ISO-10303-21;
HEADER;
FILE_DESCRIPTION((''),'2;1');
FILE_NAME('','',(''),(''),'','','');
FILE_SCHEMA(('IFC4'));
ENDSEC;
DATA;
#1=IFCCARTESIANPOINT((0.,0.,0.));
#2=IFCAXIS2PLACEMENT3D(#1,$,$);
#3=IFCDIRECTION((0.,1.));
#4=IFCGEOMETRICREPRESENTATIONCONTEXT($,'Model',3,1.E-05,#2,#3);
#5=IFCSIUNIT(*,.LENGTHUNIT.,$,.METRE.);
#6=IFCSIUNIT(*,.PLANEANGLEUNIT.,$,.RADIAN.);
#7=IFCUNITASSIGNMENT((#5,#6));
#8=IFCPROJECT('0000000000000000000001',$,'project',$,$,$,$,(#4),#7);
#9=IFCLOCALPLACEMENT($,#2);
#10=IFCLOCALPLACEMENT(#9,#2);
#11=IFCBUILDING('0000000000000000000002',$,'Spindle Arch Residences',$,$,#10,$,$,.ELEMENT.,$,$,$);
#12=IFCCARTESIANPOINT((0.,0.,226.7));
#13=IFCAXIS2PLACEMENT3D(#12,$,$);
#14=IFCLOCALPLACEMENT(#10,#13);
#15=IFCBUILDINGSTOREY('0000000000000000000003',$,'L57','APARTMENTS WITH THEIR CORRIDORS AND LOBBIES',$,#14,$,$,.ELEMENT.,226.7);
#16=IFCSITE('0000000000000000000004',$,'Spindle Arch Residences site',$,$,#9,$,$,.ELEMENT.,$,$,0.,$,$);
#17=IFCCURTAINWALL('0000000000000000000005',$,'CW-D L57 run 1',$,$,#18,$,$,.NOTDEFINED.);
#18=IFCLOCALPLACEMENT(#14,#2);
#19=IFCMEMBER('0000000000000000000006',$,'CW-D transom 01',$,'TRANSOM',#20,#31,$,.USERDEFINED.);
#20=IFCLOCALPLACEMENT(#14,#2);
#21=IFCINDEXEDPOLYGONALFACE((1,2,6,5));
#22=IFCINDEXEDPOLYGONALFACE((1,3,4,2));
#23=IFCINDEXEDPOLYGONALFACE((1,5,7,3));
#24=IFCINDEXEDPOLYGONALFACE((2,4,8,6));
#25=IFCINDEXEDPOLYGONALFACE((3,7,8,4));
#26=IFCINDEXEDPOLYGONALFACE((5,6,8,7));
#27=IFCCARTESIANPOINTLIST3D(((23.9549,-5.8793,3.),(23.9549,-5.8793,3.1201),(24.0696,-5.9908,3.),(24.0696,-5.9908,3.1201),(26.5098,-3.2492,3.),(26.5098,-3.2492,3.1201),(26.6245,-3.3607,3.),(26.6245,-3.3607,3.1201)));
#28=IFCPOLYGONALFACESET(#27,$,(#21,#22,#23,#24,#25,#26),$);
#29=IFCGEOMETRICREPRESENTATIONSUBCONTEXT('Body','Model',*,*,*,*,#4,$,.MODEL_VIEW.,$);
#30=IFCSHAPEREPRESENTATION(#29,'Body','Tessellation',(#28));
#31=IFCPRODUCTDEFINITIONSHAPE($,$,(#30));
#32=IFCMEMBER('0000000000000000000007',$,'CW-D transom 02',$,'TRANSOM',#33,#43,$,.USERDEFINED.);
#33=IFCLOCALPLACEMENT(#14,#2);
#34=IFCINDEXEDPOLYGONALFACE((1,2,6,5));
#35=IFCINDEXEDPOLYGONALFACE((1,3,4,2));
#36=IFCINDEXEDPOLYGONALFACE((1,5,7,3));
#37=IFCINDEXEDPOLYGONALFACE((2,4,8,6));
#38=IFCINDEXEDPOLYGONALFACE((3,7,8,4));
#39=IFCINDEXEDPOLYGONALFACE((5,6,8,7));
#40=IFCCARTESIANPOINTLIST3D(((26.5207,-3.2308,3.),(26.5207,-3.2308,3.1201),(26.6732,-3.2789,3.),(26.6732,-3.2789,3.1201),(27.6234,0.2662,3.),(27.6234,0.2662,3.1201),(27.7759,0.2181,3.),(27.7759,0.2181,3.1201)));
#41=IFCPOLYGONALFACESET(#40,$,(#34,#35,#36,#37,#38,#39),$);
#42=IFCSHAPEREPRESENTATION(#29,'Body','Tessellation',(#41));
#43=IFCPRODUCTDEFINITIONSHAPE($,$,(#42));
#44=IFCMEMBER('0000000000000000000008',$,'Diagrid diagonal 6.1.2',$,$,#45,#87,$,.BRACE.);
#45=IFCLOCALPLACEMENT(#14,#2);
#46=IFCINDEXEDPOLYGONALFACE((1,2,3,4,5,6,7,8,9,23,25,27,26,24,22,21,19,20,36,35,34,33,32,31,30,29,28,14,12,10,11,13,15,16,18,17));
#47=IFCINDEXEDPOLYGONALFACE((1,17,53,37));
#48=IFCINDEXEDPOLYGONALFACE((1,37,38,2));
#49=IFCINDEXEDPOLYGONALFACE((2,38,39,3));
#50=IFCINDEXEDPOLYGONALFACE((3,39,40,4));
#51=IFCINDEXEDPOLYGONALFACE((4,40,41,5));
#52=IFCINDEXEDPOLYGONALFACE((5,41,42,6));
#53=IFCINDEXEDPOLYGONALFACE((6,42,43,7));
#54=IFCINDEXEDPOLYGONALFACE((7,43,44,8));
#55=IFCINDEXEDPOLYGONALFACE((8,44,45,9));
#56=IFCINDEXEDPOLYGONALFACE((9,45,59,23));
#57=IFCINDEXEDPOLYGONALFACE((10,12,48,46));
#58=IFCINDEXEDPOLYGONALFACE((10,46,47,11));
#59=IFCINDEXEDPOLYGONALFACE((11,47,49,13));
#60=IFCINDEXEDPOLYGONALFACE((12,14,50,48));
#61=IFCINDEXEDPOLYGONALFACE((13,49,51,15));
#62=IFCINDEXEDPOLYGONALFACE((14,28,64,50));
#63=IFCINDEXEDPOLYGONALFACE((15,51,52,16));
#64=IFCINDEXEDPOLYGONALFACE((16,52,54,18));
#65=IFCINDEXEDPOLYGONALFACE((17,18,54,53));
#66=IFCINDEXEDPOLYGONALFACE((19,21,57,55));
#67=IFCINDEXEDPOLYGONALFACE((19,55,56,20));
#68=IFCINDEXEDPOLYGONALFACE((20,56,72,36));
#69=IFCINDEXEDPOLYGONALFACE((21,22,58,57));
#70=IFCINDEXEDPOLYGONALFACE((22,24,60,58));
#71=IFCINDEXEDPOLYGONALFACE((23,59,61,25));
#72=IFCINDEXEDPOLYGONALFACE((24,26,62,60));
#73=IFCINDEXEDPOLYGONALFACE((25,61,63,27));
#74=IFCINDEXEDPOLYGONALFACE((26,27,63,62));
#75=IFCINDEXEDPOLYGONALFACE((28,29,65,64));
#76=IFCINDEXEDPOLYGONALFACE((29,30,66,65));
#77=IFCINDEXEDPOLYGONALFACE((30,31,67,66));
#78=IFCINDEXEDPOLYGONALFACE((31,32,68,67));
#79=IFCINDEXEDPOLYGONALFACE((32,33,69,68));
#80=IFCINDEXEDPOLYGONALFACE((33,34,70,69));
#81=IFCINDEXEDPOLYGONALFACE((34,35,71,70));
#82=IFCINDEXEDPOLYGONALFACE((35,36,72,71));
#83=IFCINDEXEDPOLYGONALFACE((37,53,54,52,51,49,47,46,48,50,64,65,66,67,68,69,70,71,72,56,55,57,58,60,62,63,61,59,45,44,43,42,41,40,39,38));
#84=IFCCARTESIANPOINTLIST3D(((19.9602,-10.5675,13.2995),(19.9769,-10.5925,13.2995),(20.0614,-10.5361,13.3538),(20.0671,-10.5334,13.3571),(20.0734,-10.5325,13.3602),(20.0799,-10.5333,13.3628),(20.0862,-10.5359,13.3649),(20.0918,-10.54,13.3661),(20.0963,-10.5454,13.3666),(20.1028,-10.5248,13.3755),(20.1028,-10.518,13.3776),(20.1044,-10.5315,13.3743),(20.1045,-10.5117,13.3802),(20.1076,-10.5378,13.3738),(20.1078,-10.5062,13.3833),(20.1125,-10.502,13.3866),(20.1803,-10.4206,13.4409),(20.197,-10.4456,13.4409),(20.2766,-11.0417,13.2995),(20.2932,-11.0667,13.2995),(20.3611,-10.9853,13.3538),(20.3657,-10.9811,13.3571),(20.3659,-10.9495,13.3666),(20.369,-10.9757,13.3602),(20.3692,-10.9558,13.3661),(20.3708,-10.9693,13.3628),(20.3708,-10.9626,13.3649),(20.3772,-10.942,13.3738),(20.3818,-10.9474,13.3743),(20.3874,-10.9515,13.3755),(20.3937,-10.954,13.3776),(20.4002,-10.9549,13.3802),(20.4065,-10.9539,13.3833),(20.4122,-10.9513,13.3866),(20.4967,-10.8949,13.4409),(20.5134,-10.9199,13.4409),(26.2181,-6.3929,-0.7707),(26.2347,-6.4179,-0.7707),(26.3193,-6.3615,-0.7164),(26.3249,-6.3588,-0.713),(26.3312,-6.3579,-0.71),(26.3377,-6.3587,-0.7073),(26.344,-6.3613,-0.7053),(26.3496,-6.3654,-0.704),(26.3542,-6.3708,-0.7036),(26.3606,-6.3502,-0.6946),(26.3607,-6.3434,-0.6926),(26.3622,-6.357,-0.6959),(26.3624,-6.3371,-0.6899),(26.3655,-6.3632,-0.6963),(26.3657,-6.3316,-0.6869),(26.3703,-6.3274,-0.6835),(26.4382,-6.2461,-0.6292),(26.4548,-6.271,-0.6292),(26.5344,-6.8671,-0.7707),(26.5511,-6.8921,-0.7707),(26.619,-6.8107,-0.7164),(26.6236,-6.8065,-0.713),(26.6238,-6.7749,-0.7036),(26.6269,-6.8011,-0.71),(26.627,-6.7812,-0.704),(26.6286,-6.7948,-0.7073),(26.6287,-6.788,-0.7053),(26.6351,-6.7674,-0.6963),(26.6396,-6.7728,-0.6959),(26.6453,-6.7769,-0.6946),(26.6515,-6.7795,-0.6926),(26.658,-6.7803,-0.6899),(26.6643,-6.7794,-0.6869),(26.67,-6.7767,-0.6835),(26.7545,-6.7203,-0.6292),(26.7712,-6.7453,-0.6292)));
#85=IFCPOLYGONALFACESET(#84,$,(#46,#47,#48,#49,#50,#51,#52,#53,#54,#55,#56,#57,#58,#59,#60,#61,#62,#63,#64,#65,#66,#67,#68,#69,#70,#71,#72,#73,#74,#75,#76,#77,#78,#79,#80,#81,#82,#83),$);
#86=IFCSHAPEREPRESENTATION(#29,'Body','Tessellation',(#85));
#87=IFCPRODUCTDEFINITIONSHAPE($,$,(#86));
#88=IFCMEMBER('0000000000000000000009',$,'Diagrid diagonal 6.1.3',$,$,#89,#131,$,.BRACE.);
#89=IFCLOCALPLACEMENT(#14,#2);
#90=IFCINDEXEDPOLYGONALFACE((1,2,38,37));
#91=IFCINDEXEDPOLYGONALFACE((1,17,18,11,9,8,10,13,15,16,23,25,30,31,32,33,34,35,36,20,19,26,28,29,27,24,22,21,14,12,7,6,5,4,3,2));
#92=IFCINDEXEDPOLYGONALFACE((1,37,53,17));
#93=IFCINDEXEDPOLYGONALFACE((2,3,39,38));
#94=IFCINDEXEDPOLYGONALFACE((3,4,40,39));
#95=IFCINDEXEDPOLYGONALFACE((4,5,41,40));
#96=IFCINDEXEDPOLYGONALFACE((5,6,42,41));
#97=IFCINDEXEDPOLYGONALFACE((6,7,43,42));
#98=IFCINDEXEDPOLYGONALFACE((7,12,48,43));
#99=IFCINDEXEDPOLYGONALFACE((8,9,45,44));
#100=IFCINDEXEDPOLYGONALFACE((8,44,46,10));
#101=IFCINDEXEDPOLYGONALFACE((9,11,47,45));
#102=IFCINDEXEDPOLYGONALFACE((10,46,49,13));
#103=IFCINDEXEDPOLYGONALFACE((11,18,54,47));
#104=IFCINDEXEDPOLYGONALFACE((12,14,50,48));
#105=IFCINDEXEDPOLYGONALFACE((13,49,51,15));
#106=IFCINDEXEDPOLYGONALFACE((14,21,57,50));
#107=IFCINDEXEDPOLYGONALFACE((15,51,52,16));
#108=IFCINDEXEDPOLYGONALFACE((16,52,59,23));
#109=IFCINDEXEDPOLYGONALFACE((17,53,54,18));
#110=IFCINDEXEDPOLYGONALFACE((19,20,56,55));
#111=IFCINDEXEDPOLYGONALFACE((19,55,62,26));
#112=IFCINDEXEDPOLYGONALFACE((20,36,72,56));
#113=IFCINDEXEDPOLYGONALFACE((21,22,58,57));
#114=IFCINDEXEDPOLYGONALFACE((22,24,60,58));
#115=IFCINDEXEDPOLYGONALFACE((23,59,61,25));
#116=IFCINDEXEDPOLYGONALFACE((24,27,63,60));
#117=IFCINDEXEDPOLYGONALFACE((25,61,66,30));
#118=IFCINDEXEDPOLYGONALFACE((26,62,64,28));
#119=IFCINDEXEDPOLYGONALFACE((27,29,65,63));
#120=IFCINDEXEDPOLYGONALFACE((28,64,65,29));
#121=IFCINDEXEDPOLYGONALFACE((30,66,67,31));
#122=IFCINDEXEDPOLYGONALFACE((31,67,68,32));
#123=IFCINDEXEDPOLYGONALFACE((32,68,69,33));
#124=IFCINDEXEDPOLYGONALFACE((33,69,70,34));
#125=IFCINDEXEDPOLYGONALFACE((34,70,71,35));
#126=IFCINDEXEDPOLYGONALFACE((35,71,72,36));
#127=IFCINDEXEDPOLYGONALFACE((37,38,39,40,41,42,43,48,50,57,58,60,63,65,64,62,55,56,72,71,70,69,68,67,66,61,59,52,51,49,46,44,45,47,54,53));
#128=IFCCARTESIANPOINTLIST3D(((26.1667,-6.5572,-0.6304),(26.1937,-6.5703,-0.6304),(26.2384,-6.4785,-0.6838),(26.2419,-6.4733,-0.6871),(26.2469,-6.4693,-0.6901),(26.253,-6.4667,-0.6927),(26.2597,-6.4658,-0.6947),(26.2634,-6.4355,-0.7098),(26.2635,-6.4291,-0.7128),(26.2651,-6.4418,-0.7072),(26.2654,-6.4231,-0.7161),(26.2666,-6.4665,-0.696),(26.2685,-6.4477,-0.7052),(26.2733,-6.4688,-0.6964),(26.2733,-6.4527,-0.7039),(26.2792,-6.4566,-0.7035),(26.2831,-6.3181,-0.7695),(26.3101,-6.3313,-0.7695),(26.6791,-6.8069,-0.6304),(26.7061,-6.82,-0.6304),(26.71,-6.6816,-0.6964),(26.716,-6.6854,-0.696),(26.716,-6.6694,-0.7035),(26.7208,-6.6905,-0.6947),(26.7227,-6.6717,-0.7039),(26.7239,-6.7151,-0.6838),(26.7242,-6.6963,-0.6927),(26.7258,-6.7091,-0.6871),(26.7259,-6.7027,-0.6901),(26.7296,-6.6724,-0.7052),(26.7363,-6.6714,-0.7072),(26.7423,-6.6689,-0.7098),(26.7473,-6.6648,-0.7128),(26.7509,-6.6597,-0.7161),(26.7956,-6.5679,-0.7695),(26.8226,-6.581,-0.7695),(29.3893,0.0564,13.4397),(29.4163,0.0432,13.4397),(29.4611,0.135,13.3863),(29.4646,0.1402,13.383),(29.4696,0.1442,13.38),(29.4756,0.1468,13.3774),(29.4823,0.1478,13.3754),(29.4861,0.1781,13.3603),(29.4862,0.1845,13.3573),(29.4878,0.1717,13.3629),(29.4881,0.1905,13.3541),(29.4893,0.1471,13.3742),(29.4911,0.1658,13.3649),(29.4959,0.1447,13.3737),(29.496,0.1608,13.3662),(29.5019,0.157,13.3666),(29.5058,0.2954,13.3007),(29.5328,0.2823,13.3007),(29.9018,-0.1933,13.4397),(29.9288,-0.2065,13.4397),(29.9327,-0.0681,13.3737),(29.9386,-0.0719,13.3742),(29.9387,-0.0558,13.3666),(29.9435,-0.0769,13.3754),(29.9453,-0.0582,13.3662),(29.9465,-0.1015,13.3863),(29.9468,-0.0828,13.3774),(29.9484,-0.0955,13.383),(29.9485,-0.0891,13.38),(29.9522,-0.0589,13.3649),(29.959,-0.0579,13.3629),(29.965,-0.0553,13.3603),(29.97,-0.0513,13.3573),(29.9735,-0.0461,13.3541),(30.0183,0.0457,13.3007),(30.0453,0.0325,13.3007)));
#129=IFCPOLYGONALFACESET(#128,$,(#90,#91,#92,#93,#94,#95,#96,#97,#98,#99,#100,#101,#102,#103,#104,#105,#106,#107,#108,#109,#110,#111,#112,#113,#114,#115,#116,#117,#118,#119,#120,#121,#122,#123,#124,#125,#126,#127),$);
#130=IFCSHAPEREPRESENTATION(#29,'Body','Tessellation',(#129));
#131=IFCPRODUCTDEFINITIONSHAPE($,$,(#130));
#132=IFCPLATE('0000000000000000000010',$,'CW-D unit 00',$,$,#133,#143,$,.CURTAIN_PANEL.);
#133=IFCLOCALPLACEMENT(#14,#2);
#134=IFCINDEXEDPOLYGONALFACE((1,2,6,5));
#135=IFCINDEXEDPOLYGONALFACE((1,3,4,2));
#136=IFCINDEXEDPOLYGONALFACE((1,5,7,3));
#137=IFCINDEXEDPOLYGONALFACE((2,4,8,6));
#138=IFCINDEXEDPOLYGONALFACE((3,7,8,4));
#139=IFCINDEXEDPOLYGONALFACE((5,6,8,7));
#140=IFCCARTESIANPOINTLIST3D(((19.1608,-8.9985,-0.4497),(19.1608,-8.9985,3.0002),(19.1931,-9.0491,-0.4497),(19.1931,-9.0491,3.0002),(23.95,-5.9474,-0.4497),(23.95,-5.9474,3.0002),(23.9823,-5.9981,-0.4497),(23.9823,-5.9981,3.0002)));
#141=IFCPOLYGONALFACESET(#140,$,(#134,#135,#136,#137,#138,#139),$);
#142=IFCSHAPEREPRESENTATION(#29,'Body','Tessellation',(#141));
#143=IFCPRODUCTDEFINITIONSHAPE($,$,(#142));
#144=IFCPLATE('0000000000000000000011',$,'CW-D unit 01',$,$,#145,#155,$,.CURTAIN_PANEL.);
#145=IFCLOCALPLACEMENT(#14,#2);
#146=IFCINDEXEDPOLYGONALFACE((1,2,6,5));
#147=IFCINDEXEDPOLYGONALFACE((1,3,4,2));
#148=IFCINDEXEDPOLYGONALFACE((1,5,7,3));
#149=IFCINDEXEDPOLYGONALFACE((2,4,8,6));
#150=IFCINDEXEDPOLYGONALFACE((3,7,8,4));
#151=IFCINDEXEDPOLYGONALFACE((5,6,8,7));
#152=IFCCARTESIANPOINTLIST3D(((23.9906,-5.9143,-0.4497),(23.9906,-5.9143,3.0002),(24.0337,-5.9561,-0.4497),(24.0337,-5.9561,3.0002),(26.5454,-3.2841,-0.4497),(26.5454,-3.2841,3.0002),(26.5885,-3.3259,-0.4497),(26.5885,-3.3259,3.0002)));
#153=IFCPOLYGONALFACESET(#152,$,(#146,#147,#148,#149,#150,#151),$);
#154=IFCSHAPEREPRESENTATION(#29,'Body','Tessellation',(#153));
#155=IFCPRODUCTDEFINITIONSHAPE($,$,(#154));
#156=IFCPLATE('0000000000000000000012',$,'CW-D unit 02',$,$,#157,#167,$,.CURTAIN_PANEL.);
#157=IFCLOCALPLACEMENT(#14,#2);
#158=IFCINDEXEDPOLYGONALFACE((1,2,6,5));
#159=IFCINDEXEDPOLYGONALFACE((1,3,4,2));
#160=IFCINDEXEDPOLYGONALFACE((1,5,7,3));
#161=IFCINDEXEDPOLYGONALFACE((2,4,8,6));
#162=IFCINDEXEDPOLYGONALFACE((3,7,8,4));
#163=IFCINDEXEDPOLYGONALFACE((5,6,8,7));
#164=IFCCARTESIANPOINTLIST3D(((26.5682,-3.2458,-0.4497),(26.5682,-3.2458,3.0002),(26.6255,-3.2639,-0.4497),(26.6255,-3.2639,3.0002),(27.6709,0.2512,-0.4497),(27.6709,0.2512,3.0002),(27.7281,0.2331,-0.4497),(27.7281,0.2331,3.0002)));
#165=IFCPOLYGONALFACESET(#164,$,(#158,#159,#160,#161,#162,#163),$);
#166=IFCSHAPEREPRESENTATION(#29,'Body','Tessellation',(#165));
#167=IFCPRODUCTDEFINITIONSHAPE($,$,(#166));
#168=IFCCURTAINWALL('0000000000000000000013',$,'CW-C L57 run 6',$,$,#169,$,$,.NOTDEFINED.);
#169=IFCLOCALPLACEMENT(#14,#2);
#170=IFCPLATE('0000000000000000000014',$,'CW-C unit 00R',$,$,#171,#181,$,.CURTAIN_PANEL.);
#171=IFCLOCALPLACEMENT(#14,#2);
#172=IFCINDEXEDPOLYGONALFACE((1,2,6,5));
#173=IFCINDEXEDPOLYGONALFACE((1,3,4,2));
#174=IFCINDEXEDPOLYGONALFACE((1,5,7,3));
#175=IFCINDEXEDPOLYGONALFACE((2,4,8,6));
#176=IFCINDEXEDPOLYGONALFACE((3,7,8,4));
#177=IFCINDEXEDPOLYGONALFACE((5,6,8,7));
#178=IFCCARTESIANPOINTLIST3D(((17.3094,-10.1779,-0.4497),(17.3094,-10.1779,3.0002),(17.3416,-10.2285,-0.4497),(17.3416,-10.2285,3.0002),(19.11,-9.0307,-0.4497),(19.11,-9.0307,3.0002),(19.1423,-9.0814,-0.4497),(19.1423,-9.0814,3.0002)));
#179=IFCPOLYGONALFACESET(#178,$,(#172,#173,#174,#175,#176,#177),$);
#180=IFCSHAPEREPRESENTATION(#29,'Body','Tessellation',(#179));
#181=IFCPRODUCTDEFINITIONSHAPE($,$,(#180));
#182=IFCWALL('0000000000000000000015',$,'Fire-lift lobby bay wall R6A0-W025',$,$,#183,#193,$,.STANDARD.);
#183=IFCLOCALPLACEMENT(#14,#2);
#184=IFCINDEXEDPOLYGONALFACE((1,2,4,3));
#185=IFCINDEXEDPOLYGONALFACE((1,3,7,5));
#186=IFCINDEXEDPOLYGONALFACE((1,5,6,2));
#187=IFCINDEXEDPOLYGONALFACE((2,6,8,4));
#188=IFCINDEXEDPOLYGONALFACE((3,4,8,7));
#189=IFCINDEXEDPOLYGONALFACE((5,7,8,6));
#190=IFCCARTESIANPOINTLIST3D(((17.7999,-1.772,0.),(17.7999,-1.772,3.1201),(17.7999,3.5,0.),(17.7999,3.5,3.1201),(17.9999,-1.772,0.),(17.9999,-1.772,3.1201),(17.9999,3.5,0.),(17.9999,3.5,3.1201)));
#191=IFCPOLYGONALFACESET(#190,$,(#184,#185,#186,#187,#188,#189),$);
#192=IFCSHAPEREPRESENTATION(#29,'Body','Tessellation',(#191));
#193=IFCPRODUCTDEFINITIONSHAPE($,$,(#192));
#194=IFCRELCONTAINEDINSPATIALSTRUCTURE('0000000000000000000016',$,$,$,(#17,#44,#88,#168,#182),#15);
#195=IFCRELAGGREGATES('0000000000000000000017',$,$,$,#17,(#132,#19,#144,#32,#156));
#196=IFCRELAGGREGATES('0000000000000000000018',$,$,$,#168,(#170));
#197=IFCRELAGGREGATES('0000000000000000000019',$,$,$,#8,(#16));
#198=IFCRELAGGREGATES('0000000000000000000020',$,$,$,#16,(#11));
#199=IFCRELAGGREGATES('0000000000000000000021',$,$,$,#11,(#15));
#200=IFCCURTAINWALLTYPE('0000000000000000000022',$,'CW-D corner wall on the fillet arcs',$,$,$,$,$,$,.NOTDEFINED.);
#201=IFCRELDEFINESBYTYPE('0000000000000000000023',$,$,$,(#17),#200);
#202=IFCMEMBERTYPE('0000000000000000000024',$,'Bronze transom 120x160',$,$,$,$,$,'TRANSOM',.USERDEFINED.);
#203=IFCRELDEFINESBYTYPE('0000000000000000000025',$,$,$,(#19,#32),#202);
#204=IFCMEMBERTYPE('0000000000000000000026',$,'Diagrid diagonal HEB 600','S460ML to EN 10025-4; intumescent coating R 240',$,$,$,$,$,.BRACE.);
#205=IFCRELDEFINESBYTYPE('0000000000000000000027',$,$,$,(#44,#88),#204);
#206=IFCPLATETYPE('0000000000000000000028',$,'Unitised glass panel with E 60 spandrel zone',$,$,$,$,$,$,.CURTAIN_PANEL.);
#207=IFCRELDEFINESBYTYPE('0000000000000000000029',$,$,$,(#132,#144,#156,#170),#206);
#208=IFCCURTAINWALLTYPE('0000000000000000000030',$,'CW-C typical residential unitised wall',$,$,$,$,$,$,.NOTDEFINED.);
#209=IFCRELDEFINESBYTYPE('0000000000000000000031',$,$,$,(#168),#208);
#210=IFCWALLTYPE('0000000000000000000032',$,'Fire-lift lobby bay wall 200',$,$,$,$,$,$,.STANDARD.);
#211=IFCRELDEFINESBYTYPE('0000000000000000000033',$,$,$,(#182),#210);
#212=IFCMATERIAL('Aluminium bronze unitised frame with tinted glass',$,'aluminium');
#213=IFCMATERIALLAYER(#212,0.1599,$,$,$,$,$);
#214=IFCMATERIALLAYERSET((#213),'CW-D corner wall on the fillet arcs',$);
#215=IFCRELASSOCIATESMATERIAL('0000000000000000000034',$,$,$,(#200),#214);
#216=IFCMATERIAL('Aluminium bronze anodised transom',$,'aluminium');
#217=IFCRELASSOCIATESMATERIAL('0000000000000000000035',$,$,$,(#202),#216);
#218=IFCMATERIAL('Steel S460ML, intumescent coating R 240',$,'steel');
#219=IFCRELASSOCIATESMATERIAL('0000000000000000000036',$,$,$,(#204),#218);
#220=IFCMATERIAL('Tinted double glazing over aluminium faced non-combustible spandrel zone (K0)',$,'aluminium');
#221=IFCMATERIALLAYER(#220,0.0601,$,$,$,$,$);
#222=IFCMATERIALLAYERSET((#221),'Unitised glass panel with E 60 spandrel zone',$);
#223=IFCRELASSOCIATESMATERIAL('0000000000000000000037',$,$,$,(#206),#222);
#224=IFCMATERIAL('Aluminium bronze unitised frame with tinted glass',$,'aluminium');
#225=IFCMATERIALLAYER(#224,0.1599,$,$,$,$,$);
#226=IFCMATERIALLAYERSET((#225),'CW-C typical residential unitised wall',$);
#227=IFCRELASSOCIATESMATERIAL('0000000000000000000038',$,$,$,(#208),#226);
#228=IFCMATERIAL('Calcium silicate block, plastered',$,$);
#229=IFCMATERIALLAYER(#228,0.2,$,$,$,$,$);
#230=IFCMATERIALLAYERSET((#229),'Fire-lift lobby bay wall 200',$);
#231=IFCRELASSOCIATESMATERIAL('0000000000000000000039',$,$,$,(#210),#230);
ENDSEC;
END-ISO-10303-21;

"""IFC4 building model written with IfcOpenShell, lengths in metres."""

from ifc_helpers import new_model, si_unit, direction, frame, frame_2d, origin, origin_2d, place, context, subcontext, project, spatial, rectangle, i_section, extrude, material, layer, layer_set, material_profile, profile_set, type_object, element, aggregate, save


model = new_model("IFC4")

# Units and contexts
model_context = context("Model", 3, precision=1e-05, world=origin(), true_north=direction((0.0, 1.0)))
body_context = subcontext(model_context, "Body", "Model", "MODEL_VIEW")
ifc_project = project(units=[si_unit("LENGTHUNIT", "METRE"), si_unit("PLANEANGLEUNIT", "RADIAN")], contexts=[model_context])

# Site, building, storey
site_placement = place(None, origin())
site = spatial("IfcSite", under=ifc_project, at=site_placement, Name="Spindle Arch Residences site", CompositionType="ELEMENT", RefElevation=0.0)
building_placement = place(site_placement, origin())
building = spatial("IfcBuilding", under=site, at=building_placement, Name="Spindle Arch Residences", CompositionType="ELEMENT")
storey_placement = place(building_placement, frame((0.0, 0.0, 226.7)))
storey = spatial("IfcBuildingStorey", under=building, at=storey_placement, Name="L57", Description="APARTMENTS WITH THEIR CORRIDORS AND LOBBIES", CompositionType="ELEMENT", Elevation=226.7)

# Curtain wall, members
ifc_material_1 = material(Name="Aluminium bronze unitised frame with tinted glass", Category="aluminium")
ifc_layer_1 = layer(ifc_material_1, 0.1599)
ifc_layer_set_1 = layer_set([ifc_layer_1], Name="CW-D corner wall on the fillet arcs")
curtain_wall_type_1 = type_object("IfcCurtainWallType", Name="CW-D corner wall on the fillet arcs", PredefinedType="NOTDEFINED", material=ifc_layer_set_1)
curtain_wall_1_placement = place(storey_placement, origin())
curtain_wall_1 = element("IfcCurtainWall", 1, at=curtain_wall_1_placement, inside=storey, type_object=curtain_wall_type_1, Name="CW-D L57 run 1", PredefinedType="NOTDEFINED")
ifc_material_2 = material(Name="Aluminium bronze anodised transom", Category="aluminium")
ifc_material_profile_1 = material_profile(ifc_material_2, rectangle(XDim=0.1599, YDim=0.1201, at=origin_2d()), Name="TR 120x160")
ifc_profile_set_1 = profile_set([ifc_material_profile_1], Name="Aluminium bronze anodised transom")
member_type_1 = type_object("IfcMemberType", Name="Bronze transom 120x160", ElementType="TRANSOM", PredefinedType="USERDEFINED", material=ifc_profile_set_1)
member_1_placement = place(storey_placement, frame((24.0122, -5.9351, 3.0601), z_axis=(0.696779, 0.717286, 0.0), x_axis=(-0.717286, 0.696779, 0.0)))
member_1 = element("IfcMember", 2, at=member_1_placement, type_object=member_type_1, Name="CW-D transom 01", ObjectType="TRANSOM", PredefinedType="USERDEFINED", context=body_context, shape_type="SweptSolid", body=[
    extrude(rectangle(XDim=0.1599, YDim=0.1201, at=origin_2d()), origin(), (0.0, 0.0, 1.0), 3.6667),
])
member_2_placement = place(storey_placement, frame((26.5969, -3.2549, 3.0601), z_axis=(0.300746, 0.953704, 0.0), x_axis=(-0.953704, 0.300746, 0.0)))
member_2 = element("IfcMember", 3, at=member_2_placement, type_object=member_type_1, Name="CW-D transom 02", ObjectType="TRANSOM", PredefinedType="USERDEFINED", context=body_context, shape_type="SweptSolid", body=[
    extrude(rectangle(XDim=0.1599, YDim=0.1201, at=origin_2d()), origin(), (0.0, 0.0, 1.0), 3.6667),
])

# Members
ifc_material_3 = material(Name="Steel S460ML, intumescent coating R 240", Category="steel")
ifc_material_profile_2 = material_profile(ifc_material_3, i_section(OverallWidth=0.3, OverallDepth=0.6001, WebThickness=0.0154, FlangeThickness=0.03, FilletRadius=0.0271, at=origin_2d()), Name="HEB 600")
ifc_profile_set_2 = profile_set([ifc_material_profile_2], Name="Steel S460ML, intumescent coating R 240")
member_type_2 = type_object("IfcMemberType", Name="Diagrid diagonal HEB 600", Description="S460ML to EN 10025-4; intumescent coating R 240", PredefinedType="BRACE", material=ifc_profile_set_2)
member_3_placement = place(storey_placement, frame((26.4946, -6.5691, -0.7), z_axis=(-0.392223, -0.26165, 0.881873), x_axis=(0.733618, 0.489393, 0.471486)))
element("IfcMember", 4, at=member_3_placement, inside=storey, type_object=member_type_2, Name="Diagrid diagonal 6.1.2", PredefinedType="BRACE", context=body_context, shape_type="SweptSolid", body=[
    extrude(i_section(OverallWidth=0.3, OverallDepth=0.6001, WebThickness=0.0154, FlangeThickness=0.03, FilletRadius=0.0271, at=origin_2d()), origin(), (0.0, 0.0, 1.0), 15.9548),
])
member_4_placement = place(storey_placement, frame((26.4946, -6.5691, -0.7), z_axis=(0.202972, 0.416538, 0.886171), x_axis=(-0.388182, -0.796626, 0.463359)))
element("IfcMember", 5, at=member_4_placement, inside=storey, type_object=member_type_2, Name="Diagrid diagonal 6.1.3", PredefinedType="BRACE", context=body_context, shape_type="SweptSolid", body=[
    extrude(i_section(OverallWidth=0.3, OverallDepth=0.6001, WebThickness=0.0154, FlangeThickness=0.03, FilletRadius=0.0271, at=origin_2d()), origin(), (0.0, 0.0, 1.0), 15.8774),
])

# Plates
ifc_material_4 = material(Name="Tinted double glazing over aluminium faced non-combustible spandrel zone (K0)", Category="aluminium")
ifc_layer_2 = layer(ifc_material_4, 0.0601)
ifc_layer_set_2 = layer_set([ifc_layer_2], Name="Unitised glass panel with E 60 spandrel zone")
plate_type = type_object("IfcPlateType", Name="Unitised glass panel with E 60 spandrel zone", PredefinedType="CURTAIN_PANEL", material=ifc_layer_set_2)
plate_1_placement = place(storey_placement, frame((21.5715, -7.4983, -0.4497), z_axis=(0.0, 0.0, 1.0), x_axis=(0.843391, 0.5373, 0.0)))
plate_1 = element("IfcPlate", 6, at=plate_1_placement, type_object=plate_type, Name="CW-D unit 00", PredefinedType="CURTAIN_PANEL", context=body_context, shape_type="SweptSolid", body=[
    extrude(rectangle(XDim=5.6785, YDim=0.0601, at=origin_2d()), origin(), (0.0, 0.0, 1.0), 3.45),
])
plate_2_placement = place(storey_placement, frame((25.2896, -4.6201, -0.4497), z_axis=(0.0, 0.0, 1.0), x_axis=(0.696748, 0.717316, 0.0)))
plate_2 = element("IfcPlate", 7, at=plate_2_placement, type_object=plate_type, Name="CW-D unit 01", PredefinedType="CURTAIN_PANEL", context=body_context, shape_type="SweptSolid", body=[
    extrude(rectangle(XDim=3.6667, YDim=0.0601, at=origin_2d()), origin(), (0.0, 0.0, 1.0), 3.45),
])
plate_3_placement = place(storey_placement, frame((27.1482, -1.5063, -0.4497), z_axis=(0.0, 0.0, 1.0), x_axis=(0.300706, 0.953717, 0.0)))
plate_3 = element("IfcPlate", 8, at=plate_3_placement, type_object=plate_type, Name="CW-D unit 02", PredefinedType="CURTAIN_PANEL", context=body_context, shape_type="SweptSolid", body=[
    extrude(rectangle(XDim=3.6667, YDim=0.0601, at=origin_2d()), origin(), (0.0, 0.0, 1.0), 3.45),
])
aggregate(curtain_wall_1, [plate_1, member_1, plate_2, member_2, plate_3])

# Curtain wall, plate
ifc_material_5 = material(Name="Aluminium bronze unitised frame with tinted glass", Category="aluminium")
ifc_layer_3 = layer(ifc_material_5, 0.1599)
ifc_layer_set_3 = layer_set([ifc_layer_3], Name="CW-C typical residential unitised wall")
curtain_wall_type_2 = type_object("IfcCurtainWallType", Name="CW-C typical residential unitised wall", PredefinedType="NOTDEFINED", material=ifc_layer_set_3)
curtain_wall_2_placement = place(storey_placement, origin())
curtain_wall_2 = element("IfcCurtainWall", 9, at=curtain_wall_2_placement, inside=storey, type_object=curtain_wall_type_2, Name="CW-C L57 run 6", PredefinedType="NOTDEFINED")
plate_4_placement = place(storey_placement, frame((18.2258, -9.6296, -0.4497), z_axis=(0.0, 0.0, 1.0), x_axis=(0.843391, 0.5373, 0.0)))
plate_4 = element("IfcPlate", 10, at=plate_4_placement, type_object=plate_type, Name="CW-C unit 00R", PredefinedType="CURTAIN_PANEL", context=body_context, shape_type="SweptSolid", body=[
    extrude(rectangle(XDim=2.135, YDim=0.0601, at=origin_2d()), origin(), (0.0, 0.0, 1.0), 3.45),
])
aggregate(curtain_wall_2, [plate_4])

# Wall
ifc_material_6 = material(Name="Calcium silicate block, plastered")
ifc_layer_4 = layer(ifc_material_6, 0.2)
ifc_layer_set_4 = layer_set([ifc_layer_4], Name="Fire-lift lobby bay wall 200")
wall_type_1 = type_object("IfcWallType", Name="Fire-lift lobby bay wall 200", PredefinedType="STANDARD", material=ifc_layer_set_4)
wall_1_placement = place(storey_placement, frame((17.8999, -1.772, 0.0), z_axis=(0.0, 0.0, 1.0), x_axis=(0.0, 1.0, 0.0)))
element("IfcWall", 11, at=wall_1_placement, inside=storey, type_object=wall_type_1, Name="Fire-lift lobby bay wall R6A0-W025", PredefinedType="STANDARD", context=body_context, shape_type="SweptSolid", body=[
    extrude(rectangle(XDim=5.272, YDim=0.2, at=frame_2d((2.636, 0.0))), origin(), (0.0, 0.0, 1.0), 3.1201),
])

save(model, "model.ifc")
